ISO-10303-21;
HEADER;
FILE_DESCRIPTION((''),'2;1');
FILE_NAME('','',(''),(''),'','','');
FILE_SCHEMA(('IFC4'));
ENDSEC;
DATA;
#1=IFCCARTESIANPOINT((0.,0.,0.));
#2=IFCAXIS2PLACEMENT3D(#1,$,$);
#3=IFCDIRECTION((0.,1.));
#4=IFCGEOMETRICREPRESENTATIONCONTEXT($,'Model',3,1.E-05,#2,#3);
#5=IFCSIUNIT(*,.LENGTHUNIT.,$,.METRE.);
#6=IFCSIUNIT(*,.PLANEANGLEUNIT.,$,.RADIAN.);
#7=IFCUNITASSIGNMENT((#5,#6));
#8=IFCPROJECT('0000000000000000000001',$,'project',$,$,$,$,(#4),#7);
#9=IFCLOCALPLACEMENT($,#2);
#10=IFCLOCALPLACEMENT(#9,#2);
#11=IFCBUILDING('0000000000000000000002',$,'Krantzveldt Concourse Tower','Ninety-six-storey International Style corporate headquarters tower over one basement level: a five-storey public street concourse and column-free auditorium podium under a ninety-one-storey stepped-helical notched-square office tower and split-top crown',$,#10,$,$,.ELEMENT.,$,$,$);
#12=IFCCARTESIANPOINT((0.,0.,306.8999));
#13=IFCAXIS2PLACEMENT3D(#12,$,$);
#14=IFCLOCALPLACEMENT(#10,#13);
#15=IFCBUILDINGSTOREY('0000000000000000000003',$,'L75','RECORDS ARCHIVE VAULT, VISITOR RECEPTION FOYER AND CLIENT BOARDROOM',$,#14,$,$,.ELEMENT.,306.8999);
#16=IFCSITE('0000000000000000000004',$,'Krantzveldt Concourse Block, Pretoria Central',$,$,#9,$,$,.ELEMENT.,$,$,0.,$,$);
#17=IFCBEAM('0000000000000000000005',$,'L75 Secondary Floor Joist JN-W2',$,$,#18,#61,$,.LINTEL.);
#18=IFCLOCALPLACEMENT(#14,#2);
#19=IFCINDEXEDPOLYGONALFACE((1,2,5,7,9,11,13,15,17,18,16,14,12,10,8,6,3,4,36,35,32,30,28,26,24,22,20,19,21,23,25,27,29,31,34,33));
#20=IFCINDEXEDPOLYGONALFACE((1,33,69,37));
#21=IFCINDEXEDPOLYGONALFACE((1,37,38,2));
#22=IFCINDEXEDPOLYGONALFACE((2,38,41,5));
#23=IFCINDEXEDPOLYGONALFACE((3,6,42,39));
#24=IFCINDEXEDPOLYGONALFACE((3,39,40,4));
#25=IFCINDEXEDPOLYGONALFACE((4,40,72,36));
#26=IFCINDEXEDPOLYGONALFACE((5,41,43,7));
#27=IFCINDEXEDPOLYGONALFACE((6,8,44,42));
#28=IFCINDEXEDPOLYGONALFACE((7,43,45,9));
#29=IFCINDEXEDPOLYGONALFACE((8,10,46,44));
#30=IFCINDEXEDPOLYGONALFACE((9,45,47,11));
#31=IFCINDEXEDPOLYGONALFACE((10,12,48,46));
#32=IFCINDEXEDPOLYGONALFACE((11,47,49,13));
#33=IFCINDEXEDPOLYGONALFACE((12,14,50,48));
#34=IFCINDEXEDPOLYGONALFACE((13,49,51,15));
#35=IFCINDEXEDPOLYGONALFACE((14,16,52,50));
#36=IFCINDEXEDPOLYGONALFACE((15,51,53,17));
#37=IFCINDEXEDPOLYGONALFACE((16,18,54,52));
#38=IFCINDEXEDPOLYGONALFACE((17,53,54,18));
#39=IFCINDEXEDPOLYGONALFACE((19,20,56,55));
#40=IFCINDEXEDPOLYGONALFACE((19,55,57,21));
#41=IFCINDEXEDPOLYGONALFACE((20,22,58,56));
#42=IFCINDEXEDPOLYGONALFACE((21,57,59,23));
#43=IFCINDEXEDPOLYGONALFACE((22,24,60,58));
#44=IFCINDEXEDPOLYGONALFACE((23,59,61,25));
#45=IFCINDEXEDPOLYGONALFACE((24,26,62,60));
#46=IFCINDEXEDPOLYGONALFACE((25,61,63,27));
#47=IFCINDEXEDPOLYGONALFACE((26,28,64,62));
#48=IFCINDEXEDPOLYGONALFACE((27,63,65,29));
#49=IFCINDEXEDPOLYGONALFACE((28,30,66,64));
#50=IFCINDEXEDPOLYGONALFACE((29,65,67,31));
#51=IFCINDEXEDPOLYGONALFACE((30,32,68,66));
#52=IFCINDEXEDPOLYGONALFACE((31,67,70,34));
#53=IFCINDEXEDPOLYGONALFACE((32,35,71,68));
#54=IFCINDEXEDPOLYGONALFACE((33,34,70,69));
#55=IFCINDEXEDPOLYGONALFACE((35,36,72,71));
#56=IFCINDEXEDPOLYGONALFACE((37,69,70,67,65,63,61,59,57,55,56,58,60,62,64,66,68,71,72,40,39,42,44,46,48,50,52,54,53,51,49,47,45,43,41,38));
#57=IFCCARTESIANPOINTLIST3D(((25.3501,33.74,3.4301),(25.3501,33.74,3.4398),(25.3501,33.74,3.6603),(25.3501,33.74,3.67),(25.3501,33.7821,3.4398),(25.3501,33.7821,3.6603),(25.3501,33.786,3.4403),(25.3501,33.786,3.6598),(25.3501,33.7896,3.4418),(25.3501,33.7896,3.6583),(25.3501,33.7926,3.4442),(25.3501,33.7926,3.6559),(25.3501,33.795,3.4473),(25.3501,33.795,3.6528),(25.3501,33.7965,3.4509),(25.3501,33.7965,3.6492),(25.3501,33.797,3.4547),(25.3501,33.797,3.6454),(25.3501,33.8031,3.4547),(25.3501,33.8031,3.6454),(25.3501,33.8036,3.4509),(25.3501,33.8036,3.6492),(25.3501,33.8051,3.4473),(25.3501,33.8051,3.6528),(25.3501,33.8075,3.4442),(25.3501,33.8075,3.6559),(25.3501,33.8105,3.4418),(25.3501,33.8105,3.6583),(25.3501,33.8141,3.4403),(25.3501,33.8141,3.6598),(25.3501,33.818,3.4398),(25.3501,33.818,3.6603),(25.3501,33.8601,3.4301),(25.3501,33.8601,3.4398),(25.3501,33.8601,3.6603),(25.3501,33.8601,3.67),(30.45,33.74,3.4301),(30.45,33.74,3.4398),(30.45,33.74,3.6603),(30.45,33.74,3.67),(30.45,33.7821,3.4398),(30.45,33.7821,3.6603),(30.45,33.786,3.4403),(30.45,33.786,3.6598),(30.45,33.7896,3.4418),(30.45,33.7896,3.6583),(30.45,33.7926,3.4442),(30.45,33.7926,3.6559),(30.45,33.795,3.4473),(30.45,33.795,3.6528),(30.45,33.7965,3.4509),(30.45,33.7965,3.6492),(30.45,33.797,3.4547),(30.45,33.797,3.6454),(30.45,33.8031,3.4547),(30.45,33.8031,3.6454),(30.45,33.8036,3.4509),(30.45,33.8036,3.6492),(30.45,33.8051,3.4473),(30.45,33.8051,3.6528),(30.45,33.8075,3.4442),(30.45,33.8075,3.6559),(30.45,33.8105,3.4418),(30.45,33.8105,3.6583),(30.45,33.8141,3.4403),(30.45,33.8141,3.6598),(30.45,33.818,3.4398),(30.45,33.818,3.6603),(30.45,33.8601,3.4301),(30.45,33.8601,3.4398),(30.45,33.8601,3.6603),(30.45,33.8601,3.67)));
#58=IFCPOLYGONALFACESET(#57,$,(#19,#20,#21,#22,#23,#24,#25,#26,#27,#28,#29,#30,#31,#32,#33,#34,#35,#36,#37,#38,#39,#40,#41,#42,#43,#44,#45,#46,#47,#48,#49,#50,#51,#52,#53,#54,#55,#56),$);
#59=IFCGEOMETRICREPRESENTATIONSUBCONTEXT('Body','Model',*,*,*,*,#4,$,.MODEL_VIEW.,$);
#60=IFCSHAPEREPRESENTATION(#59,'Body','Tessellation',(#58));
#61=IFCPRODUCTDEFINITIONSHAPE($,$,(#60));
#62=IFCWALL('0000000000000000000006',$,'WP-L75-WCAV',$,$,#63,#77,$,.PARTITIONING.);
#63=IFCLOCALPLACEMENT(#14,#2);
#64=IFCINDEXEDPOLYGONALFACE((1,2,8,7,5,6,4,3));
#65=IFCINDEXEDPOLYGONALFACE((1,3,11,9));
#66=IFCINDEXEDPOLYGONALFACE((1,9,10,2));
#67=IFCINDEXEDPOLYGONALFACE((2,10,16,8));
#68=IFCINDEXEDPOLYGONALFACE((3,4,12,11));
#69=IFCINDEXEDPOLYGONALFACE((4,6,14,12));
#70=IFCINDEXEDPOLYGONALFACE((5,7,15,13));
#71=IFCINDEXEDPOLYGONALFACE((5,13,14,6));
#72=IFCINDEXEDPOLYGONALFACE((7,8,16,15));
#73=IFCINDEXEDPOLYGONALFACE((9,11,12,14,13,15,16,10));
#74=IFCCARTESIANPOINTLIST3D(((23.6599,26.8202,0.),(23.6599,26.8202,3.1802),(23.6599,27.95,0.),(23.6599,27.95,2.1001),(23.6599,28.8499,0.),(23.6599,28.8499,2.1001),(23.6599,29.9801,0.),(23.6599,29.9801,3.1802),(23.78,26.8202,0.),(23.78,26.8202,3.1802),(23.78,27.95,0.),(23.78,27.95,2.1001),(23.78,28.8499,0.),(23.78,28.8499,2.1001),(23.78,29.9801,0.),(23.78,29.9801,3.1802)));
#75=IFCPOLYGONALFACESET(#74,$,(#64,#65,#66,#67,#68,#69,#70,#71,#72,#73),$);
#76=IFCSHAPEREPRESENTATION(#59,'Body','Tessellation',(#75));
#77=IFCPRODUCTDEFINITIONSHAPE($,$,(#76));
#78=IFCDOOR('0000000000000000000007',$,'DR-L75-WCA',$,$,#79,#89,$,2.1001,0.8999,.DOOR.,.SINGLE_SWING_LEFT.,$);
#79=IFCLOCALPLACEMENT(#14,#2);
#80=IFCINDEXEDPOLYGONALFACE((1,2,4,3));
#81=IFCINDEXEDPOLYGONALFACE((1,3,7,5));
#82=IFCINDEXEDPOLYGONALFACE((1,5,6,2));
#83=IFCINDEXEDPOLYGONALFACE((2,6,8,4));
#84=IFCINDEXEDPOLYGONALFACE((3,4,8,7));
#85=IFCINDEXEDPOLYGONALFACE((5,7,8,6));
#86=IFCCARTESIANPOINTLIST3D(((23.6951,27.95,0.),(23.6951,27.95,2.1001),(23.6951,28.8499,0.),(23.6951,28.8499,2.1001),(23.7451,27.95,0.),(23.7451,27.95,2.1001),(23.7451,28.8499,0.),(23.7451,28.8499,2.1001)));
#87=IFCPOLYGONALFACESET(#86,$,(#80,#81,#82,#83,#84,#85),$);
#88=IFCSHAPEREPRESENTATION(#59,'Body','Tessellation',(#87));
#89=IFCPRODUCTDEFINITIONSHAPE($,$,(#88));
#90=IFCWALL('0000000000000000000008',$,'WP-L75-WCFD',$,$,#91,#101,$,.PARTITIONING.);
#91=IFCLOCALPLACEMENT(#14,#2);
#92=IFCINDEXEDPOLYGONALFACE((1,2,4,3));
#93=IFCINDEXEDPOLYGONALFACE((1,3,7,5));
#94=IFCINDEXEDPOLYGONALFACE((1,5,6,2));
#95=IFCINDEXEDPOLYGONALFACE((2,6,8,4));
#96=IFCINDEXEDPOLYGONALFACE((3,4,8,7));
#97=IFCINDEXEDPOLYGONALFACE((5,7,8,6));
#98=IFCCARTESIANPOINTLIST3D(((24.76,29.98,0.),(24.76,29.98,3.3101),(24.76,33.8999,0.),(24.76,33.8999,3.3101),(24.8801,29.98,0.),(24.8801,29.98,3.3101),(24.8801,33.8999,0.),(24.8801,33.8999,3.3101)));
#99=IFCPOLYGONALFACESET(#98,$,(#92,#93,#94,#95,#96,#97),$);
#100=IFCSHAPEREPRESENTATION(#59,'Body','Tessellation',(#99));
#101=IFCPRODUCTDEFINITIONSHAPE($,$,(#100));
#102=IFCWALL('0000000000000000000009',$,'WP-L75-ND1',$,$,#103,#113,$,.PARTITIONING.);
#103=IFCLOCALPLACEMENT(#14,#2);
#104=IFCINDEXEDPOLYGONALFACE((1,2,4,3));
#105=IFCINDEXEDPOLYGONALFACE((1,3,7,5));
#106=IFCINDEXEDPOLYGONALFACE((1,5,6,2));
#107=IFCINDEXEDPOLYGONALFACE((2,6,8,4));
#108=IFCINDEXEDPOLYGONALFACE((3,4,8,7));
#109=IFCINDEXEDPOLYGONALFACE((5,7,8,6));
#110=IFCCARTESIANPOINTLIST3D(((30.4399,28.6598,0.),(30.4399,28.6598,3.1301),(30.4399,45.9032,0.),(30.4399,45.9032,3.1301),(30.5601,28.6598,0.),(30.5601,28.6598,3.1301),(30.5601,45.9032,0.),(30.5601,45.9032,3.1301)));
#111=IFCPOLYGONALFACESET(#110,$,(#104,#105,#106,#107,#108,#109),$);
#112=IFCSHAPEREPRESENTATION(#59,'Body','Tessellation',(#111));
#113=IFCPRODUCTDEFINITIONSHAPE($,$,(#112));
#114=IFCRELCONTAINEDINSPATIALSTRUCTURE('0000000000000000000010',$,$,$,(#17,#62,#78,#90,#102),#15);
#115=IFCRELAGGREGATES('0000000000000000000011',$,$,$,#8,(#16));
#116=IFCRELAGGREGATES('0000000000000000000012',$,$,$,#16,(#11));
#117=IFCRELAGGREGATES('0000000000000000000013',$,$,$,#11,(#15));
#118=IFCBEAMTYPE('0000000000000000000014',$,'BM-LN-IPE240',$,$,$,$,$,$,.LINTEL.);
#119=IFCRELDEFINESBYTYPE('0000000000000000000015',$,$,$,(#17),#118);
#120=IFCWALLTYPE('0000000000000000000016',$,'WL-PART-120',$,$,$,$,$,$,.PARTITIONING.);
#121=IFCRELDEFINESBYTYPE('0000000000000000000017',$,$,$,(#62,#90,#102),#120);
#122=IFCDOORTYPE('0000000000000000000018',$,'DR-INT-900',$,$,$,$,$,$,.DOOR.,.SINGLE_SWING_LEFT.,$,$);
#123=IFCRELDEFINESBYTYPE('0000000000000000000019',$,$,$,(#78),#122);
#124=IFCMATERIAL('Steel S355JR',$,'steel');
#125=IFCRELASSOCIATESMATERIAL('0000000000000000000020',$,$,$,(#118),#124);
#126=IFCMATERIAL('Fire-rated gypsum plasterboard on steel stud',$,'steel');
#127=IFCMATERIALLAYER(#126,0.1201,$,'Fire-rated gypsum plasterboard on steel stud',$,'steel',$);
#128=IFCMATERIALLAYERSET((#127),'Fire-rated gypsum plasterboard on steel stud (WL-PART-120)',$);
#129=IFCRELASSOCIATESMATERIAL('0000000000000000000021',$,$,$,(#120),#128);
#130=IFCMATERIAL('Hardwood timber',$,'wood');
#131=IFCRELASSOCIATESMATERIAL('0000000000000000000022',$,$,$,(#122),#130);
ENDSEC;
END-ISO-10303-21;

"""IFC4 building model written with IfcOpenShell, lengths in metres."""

from ifc_helpers import new_model, si_unit, direction, frame, frame_2d, origin, origin_2d, place, context, subcontext, project, spatial, rectangle, i_section, extrude, source, transform, mapped, material, layer, layer_set, material_profile, profile_set, type_object, type_shapes, element, fill, save


model = new_model("IFC4")

# Units and contexts
model_context = context("Model", 3, precision=1e-05, world=origin(), true_north=direction((0.0, 1.0)))
body_context = subcontext(model_context, "Body", "Model", "MODEL_VIEW")
ifc_project = project(units=[si_unit("LENGTHUNIT", "METRE"), si_unit("PLANEANGLEUNIT", "RADIAN")], contexts=[model_context])

# Site, building, storey
site_placement = place(None, origin())
site = spatial("IfcSite", under=ifc_project, at=site_placement, Name="Krantzveldt Concourse Block, Pretoria Central", CompositionType="ELEMENT", RefElevation=0.0)
building_placement = place(site_placement, origin())
building = spatial("IfcBuilding", under=site, at=building_placement, Name="Krantzveldt Concourse Tower", Description="Ninety-six-storey International Style corporate headquarters tower over one basement level: a five-storey public street concourse and column-free auditorium podium under a ninety-one-storey stepped-helical notched-square office tower and split-top crown", CompositionType="ELEMENT")
storey_placement = place(building_placement, frame((0.0, 0.0, 306.8999)))
storey = spatial("IfcBuildingStorey", under=building, at=storey_placement, Name="L75", Description="RECORDS ARCHIVE VAULT, VISITOR RECEPTION FOYER AND CLIENT BOARDROOM", CompositionType="ELEMENT", Elevation=306.8999)

# Beam
ifc_material_1 = material(Name="Steel S355JR", Category="steel")
ifc_material_profile_1 = material_profile(ifc_material_1, i_section(OverallWidth=0.1201, OverallDepth=0.24, WebThickness=0.0061, FlangeThickness=0.0098, FilletRadius=0.0149, at=origin_2d()), Name="Steel S355JR", Category="steel")
ifc_profile_set_1 = profile_set([ifc_material_profile_1], Name="Steel S355JR - IPE 240")
beam_type_1 = type_object("IfcBeamType", Name="BM-LN-IPE240", PredefinedType="LINTEL", material=ifc_profile_set_1)
shared_shape_1 = source(origin(), body_context, "Body", "SweptSolid", [
    extrude(i_section(OverallWidth=0.1201, OverallDepth=0.24, WebThickness=0.0061, FlangeThickness=0.0098, FilletRadius=0.0149, at=origin_2d()), origin(), (0.0, 0.0, 1.0), 5.0999),
])
type_shapes(beam_type_1, [shared_shape_1])
for number, where, z_axis, x_axis, name in (
    (1, (25.3501, 33.8, 3.55), (1.0, 0.0, 0.0), (0.0, 1.0, 0.0), "L75 Secondary Floor Joist JN-W2"),
):
    element("IfcBeam", number, at=place(storey_placement, frame(where, z_axis=z_axis, x_axis=x_axis)), inside=storey, type_object=beam_type_1, Name=name, PredefinedType="LINTEL", context=body_context, shape_type="MappedRepresentation", body=[
        mapped(shared_shape_1, transform((0.0, 0.0, 0.0), x_axis=(1.0, 0.0, 0.0), y_axis=(0.0, 1.0, 0.0), z_axis=(0.0, 0.0, 1.0), scale=1.0)),
    ])

# Wall, opening, door
ifc_material_2 = material(Name="Fire-rated gypsum plasterboard on steel stud", Category="steel")
ifc_layer_1 = layer(ifc_material_2, 0.1201, Name="Fire-rated gypsum plasterboard on steel stud", Category="steel")
ifc_layer_set_1 = layer_set([ifc_layer_1], Name="Fire-rated gypsum plasterboard on steel stud (WL-PART-120)")
wall_type_1 = type_object("IfcWallType", Name="WL-PART-120", PredefinedType="PARTITIONING", material=ifc_layer_set_1)
wall_1_placement = place(storey_placement, frame((23.72, 26.8201, 0.0), z_axis=(0.0, 0.0, 1.0), x_axis=(0.0, 1.0, 0.0)))
wall_1 = element("IfcWall", 2, at=wall_1_placement, inside=storey, type_object=wall_type_1, Name="WP-L75-WCAV", PredefinedType="PARTITIONING", context=body_context, shape_type="SweptSolid", body=[
    extrude(rectangle(XDim=3.1599, YDim=0.1201, at=frame_2d((1.5801, 0.0))), origin(), (0.0, 0.0, 1.0), 3.1802),
])
opening_1_placement = place(wall_1_placement, frame((1.1299, 0.0, 0.0)))
opening_1 = element("IfcOpeningElement", 3, at=opening_1_placement, cuts=wall_1, PredefinedType="OPENING", context=body_context, shape_type="SweptSolid", body=[
    extrude(rectangle(XDim=0.8999, YDim=2.1001, at=frame_2d((0.45, 1.05))), frame((0.0, 0.0701, 0.0), z_axis=(0.0, -1.0, 0.0), x_axis=(1.0, 0.0, 0.0)), (0.0, 0.0, 1.0), 0.1401),
])
ifc_material_3 = material(Name="Hardwood timber", Category="wood")
door_type_1 = type_object("IfcDoorType", Name="DR-INT-900", OperationType="SINGLE_SWING_LEFT", PredefinedType="DOOR", material=ifc_material_3)
door_1_placement = place(opening_1_placement, origin())
door_1 = element("IfcDoor", 4, at=door_1_placement, inside=storey, type_object=door_type_1, Name="DR-L75-WCA", OperationType="SINGLE_SWING_LEFT", OverallHeight=2.1001, OverallWidth=0.8999, PredefinedType="DOOR", context=body_context, shape_type="SweptSolid", body=[
    extrude(rectangle(XDim=0.8999, YDim=2.1001, at=frame_2d((0.45, 1.05))), frame((0.0, 0.0249, 0.0), z_axis=(0.0, -1.0, 0.0), x_axis=(1.0, 0.0, 0.0)), (0.0, 0.0, 1.0), 0.05),
])
fill(opening_1, door_1)

# Walls
wall_2_placement = place(storey_placement, frame((24.8201, 29.98, 0.0), z_axis=(0.0, 0.0, 1.0), x_axis=(0.0, 1.0, 0.0)))
element("IfcWall", 5, at=wall_2_placement, inside=storey, type_object=wall_type_1, Name="WP-L75-WCFD", PredefinedType="PARTITIONING", context=body_context, shape_type="SweptSolid", body=[
    extrude(rectangle(XDim=3.9199, YDim=0.1201, at=frame_2d((1.96, 0.0))), origin(), (0.0, 0.0, 1.0), 3.3101),
])
wall_3_placement = place(storey_placement, frame((30.5, 28.6599, 0.0), z_axis=(0.0, 0.0, 1.0), x_axis=(0.0, 1.0, 0.0)))
element("IfcWall", 6, at=wall_3_placement, inside=storey, type_object=wall_type_1, Name="WP-L75-ND1", PredefinedType="PARTITIONING", context=body_context, shape_type="SweptSolid", body=[
    extrude(rectangle(XDim=17.2434, YDim=0.1201, at=frame_2d((8.6216, 0.0))), origin(), (0.0, 0.0, 1.0), 3.1301),
])

save(model, "model.ifc")
